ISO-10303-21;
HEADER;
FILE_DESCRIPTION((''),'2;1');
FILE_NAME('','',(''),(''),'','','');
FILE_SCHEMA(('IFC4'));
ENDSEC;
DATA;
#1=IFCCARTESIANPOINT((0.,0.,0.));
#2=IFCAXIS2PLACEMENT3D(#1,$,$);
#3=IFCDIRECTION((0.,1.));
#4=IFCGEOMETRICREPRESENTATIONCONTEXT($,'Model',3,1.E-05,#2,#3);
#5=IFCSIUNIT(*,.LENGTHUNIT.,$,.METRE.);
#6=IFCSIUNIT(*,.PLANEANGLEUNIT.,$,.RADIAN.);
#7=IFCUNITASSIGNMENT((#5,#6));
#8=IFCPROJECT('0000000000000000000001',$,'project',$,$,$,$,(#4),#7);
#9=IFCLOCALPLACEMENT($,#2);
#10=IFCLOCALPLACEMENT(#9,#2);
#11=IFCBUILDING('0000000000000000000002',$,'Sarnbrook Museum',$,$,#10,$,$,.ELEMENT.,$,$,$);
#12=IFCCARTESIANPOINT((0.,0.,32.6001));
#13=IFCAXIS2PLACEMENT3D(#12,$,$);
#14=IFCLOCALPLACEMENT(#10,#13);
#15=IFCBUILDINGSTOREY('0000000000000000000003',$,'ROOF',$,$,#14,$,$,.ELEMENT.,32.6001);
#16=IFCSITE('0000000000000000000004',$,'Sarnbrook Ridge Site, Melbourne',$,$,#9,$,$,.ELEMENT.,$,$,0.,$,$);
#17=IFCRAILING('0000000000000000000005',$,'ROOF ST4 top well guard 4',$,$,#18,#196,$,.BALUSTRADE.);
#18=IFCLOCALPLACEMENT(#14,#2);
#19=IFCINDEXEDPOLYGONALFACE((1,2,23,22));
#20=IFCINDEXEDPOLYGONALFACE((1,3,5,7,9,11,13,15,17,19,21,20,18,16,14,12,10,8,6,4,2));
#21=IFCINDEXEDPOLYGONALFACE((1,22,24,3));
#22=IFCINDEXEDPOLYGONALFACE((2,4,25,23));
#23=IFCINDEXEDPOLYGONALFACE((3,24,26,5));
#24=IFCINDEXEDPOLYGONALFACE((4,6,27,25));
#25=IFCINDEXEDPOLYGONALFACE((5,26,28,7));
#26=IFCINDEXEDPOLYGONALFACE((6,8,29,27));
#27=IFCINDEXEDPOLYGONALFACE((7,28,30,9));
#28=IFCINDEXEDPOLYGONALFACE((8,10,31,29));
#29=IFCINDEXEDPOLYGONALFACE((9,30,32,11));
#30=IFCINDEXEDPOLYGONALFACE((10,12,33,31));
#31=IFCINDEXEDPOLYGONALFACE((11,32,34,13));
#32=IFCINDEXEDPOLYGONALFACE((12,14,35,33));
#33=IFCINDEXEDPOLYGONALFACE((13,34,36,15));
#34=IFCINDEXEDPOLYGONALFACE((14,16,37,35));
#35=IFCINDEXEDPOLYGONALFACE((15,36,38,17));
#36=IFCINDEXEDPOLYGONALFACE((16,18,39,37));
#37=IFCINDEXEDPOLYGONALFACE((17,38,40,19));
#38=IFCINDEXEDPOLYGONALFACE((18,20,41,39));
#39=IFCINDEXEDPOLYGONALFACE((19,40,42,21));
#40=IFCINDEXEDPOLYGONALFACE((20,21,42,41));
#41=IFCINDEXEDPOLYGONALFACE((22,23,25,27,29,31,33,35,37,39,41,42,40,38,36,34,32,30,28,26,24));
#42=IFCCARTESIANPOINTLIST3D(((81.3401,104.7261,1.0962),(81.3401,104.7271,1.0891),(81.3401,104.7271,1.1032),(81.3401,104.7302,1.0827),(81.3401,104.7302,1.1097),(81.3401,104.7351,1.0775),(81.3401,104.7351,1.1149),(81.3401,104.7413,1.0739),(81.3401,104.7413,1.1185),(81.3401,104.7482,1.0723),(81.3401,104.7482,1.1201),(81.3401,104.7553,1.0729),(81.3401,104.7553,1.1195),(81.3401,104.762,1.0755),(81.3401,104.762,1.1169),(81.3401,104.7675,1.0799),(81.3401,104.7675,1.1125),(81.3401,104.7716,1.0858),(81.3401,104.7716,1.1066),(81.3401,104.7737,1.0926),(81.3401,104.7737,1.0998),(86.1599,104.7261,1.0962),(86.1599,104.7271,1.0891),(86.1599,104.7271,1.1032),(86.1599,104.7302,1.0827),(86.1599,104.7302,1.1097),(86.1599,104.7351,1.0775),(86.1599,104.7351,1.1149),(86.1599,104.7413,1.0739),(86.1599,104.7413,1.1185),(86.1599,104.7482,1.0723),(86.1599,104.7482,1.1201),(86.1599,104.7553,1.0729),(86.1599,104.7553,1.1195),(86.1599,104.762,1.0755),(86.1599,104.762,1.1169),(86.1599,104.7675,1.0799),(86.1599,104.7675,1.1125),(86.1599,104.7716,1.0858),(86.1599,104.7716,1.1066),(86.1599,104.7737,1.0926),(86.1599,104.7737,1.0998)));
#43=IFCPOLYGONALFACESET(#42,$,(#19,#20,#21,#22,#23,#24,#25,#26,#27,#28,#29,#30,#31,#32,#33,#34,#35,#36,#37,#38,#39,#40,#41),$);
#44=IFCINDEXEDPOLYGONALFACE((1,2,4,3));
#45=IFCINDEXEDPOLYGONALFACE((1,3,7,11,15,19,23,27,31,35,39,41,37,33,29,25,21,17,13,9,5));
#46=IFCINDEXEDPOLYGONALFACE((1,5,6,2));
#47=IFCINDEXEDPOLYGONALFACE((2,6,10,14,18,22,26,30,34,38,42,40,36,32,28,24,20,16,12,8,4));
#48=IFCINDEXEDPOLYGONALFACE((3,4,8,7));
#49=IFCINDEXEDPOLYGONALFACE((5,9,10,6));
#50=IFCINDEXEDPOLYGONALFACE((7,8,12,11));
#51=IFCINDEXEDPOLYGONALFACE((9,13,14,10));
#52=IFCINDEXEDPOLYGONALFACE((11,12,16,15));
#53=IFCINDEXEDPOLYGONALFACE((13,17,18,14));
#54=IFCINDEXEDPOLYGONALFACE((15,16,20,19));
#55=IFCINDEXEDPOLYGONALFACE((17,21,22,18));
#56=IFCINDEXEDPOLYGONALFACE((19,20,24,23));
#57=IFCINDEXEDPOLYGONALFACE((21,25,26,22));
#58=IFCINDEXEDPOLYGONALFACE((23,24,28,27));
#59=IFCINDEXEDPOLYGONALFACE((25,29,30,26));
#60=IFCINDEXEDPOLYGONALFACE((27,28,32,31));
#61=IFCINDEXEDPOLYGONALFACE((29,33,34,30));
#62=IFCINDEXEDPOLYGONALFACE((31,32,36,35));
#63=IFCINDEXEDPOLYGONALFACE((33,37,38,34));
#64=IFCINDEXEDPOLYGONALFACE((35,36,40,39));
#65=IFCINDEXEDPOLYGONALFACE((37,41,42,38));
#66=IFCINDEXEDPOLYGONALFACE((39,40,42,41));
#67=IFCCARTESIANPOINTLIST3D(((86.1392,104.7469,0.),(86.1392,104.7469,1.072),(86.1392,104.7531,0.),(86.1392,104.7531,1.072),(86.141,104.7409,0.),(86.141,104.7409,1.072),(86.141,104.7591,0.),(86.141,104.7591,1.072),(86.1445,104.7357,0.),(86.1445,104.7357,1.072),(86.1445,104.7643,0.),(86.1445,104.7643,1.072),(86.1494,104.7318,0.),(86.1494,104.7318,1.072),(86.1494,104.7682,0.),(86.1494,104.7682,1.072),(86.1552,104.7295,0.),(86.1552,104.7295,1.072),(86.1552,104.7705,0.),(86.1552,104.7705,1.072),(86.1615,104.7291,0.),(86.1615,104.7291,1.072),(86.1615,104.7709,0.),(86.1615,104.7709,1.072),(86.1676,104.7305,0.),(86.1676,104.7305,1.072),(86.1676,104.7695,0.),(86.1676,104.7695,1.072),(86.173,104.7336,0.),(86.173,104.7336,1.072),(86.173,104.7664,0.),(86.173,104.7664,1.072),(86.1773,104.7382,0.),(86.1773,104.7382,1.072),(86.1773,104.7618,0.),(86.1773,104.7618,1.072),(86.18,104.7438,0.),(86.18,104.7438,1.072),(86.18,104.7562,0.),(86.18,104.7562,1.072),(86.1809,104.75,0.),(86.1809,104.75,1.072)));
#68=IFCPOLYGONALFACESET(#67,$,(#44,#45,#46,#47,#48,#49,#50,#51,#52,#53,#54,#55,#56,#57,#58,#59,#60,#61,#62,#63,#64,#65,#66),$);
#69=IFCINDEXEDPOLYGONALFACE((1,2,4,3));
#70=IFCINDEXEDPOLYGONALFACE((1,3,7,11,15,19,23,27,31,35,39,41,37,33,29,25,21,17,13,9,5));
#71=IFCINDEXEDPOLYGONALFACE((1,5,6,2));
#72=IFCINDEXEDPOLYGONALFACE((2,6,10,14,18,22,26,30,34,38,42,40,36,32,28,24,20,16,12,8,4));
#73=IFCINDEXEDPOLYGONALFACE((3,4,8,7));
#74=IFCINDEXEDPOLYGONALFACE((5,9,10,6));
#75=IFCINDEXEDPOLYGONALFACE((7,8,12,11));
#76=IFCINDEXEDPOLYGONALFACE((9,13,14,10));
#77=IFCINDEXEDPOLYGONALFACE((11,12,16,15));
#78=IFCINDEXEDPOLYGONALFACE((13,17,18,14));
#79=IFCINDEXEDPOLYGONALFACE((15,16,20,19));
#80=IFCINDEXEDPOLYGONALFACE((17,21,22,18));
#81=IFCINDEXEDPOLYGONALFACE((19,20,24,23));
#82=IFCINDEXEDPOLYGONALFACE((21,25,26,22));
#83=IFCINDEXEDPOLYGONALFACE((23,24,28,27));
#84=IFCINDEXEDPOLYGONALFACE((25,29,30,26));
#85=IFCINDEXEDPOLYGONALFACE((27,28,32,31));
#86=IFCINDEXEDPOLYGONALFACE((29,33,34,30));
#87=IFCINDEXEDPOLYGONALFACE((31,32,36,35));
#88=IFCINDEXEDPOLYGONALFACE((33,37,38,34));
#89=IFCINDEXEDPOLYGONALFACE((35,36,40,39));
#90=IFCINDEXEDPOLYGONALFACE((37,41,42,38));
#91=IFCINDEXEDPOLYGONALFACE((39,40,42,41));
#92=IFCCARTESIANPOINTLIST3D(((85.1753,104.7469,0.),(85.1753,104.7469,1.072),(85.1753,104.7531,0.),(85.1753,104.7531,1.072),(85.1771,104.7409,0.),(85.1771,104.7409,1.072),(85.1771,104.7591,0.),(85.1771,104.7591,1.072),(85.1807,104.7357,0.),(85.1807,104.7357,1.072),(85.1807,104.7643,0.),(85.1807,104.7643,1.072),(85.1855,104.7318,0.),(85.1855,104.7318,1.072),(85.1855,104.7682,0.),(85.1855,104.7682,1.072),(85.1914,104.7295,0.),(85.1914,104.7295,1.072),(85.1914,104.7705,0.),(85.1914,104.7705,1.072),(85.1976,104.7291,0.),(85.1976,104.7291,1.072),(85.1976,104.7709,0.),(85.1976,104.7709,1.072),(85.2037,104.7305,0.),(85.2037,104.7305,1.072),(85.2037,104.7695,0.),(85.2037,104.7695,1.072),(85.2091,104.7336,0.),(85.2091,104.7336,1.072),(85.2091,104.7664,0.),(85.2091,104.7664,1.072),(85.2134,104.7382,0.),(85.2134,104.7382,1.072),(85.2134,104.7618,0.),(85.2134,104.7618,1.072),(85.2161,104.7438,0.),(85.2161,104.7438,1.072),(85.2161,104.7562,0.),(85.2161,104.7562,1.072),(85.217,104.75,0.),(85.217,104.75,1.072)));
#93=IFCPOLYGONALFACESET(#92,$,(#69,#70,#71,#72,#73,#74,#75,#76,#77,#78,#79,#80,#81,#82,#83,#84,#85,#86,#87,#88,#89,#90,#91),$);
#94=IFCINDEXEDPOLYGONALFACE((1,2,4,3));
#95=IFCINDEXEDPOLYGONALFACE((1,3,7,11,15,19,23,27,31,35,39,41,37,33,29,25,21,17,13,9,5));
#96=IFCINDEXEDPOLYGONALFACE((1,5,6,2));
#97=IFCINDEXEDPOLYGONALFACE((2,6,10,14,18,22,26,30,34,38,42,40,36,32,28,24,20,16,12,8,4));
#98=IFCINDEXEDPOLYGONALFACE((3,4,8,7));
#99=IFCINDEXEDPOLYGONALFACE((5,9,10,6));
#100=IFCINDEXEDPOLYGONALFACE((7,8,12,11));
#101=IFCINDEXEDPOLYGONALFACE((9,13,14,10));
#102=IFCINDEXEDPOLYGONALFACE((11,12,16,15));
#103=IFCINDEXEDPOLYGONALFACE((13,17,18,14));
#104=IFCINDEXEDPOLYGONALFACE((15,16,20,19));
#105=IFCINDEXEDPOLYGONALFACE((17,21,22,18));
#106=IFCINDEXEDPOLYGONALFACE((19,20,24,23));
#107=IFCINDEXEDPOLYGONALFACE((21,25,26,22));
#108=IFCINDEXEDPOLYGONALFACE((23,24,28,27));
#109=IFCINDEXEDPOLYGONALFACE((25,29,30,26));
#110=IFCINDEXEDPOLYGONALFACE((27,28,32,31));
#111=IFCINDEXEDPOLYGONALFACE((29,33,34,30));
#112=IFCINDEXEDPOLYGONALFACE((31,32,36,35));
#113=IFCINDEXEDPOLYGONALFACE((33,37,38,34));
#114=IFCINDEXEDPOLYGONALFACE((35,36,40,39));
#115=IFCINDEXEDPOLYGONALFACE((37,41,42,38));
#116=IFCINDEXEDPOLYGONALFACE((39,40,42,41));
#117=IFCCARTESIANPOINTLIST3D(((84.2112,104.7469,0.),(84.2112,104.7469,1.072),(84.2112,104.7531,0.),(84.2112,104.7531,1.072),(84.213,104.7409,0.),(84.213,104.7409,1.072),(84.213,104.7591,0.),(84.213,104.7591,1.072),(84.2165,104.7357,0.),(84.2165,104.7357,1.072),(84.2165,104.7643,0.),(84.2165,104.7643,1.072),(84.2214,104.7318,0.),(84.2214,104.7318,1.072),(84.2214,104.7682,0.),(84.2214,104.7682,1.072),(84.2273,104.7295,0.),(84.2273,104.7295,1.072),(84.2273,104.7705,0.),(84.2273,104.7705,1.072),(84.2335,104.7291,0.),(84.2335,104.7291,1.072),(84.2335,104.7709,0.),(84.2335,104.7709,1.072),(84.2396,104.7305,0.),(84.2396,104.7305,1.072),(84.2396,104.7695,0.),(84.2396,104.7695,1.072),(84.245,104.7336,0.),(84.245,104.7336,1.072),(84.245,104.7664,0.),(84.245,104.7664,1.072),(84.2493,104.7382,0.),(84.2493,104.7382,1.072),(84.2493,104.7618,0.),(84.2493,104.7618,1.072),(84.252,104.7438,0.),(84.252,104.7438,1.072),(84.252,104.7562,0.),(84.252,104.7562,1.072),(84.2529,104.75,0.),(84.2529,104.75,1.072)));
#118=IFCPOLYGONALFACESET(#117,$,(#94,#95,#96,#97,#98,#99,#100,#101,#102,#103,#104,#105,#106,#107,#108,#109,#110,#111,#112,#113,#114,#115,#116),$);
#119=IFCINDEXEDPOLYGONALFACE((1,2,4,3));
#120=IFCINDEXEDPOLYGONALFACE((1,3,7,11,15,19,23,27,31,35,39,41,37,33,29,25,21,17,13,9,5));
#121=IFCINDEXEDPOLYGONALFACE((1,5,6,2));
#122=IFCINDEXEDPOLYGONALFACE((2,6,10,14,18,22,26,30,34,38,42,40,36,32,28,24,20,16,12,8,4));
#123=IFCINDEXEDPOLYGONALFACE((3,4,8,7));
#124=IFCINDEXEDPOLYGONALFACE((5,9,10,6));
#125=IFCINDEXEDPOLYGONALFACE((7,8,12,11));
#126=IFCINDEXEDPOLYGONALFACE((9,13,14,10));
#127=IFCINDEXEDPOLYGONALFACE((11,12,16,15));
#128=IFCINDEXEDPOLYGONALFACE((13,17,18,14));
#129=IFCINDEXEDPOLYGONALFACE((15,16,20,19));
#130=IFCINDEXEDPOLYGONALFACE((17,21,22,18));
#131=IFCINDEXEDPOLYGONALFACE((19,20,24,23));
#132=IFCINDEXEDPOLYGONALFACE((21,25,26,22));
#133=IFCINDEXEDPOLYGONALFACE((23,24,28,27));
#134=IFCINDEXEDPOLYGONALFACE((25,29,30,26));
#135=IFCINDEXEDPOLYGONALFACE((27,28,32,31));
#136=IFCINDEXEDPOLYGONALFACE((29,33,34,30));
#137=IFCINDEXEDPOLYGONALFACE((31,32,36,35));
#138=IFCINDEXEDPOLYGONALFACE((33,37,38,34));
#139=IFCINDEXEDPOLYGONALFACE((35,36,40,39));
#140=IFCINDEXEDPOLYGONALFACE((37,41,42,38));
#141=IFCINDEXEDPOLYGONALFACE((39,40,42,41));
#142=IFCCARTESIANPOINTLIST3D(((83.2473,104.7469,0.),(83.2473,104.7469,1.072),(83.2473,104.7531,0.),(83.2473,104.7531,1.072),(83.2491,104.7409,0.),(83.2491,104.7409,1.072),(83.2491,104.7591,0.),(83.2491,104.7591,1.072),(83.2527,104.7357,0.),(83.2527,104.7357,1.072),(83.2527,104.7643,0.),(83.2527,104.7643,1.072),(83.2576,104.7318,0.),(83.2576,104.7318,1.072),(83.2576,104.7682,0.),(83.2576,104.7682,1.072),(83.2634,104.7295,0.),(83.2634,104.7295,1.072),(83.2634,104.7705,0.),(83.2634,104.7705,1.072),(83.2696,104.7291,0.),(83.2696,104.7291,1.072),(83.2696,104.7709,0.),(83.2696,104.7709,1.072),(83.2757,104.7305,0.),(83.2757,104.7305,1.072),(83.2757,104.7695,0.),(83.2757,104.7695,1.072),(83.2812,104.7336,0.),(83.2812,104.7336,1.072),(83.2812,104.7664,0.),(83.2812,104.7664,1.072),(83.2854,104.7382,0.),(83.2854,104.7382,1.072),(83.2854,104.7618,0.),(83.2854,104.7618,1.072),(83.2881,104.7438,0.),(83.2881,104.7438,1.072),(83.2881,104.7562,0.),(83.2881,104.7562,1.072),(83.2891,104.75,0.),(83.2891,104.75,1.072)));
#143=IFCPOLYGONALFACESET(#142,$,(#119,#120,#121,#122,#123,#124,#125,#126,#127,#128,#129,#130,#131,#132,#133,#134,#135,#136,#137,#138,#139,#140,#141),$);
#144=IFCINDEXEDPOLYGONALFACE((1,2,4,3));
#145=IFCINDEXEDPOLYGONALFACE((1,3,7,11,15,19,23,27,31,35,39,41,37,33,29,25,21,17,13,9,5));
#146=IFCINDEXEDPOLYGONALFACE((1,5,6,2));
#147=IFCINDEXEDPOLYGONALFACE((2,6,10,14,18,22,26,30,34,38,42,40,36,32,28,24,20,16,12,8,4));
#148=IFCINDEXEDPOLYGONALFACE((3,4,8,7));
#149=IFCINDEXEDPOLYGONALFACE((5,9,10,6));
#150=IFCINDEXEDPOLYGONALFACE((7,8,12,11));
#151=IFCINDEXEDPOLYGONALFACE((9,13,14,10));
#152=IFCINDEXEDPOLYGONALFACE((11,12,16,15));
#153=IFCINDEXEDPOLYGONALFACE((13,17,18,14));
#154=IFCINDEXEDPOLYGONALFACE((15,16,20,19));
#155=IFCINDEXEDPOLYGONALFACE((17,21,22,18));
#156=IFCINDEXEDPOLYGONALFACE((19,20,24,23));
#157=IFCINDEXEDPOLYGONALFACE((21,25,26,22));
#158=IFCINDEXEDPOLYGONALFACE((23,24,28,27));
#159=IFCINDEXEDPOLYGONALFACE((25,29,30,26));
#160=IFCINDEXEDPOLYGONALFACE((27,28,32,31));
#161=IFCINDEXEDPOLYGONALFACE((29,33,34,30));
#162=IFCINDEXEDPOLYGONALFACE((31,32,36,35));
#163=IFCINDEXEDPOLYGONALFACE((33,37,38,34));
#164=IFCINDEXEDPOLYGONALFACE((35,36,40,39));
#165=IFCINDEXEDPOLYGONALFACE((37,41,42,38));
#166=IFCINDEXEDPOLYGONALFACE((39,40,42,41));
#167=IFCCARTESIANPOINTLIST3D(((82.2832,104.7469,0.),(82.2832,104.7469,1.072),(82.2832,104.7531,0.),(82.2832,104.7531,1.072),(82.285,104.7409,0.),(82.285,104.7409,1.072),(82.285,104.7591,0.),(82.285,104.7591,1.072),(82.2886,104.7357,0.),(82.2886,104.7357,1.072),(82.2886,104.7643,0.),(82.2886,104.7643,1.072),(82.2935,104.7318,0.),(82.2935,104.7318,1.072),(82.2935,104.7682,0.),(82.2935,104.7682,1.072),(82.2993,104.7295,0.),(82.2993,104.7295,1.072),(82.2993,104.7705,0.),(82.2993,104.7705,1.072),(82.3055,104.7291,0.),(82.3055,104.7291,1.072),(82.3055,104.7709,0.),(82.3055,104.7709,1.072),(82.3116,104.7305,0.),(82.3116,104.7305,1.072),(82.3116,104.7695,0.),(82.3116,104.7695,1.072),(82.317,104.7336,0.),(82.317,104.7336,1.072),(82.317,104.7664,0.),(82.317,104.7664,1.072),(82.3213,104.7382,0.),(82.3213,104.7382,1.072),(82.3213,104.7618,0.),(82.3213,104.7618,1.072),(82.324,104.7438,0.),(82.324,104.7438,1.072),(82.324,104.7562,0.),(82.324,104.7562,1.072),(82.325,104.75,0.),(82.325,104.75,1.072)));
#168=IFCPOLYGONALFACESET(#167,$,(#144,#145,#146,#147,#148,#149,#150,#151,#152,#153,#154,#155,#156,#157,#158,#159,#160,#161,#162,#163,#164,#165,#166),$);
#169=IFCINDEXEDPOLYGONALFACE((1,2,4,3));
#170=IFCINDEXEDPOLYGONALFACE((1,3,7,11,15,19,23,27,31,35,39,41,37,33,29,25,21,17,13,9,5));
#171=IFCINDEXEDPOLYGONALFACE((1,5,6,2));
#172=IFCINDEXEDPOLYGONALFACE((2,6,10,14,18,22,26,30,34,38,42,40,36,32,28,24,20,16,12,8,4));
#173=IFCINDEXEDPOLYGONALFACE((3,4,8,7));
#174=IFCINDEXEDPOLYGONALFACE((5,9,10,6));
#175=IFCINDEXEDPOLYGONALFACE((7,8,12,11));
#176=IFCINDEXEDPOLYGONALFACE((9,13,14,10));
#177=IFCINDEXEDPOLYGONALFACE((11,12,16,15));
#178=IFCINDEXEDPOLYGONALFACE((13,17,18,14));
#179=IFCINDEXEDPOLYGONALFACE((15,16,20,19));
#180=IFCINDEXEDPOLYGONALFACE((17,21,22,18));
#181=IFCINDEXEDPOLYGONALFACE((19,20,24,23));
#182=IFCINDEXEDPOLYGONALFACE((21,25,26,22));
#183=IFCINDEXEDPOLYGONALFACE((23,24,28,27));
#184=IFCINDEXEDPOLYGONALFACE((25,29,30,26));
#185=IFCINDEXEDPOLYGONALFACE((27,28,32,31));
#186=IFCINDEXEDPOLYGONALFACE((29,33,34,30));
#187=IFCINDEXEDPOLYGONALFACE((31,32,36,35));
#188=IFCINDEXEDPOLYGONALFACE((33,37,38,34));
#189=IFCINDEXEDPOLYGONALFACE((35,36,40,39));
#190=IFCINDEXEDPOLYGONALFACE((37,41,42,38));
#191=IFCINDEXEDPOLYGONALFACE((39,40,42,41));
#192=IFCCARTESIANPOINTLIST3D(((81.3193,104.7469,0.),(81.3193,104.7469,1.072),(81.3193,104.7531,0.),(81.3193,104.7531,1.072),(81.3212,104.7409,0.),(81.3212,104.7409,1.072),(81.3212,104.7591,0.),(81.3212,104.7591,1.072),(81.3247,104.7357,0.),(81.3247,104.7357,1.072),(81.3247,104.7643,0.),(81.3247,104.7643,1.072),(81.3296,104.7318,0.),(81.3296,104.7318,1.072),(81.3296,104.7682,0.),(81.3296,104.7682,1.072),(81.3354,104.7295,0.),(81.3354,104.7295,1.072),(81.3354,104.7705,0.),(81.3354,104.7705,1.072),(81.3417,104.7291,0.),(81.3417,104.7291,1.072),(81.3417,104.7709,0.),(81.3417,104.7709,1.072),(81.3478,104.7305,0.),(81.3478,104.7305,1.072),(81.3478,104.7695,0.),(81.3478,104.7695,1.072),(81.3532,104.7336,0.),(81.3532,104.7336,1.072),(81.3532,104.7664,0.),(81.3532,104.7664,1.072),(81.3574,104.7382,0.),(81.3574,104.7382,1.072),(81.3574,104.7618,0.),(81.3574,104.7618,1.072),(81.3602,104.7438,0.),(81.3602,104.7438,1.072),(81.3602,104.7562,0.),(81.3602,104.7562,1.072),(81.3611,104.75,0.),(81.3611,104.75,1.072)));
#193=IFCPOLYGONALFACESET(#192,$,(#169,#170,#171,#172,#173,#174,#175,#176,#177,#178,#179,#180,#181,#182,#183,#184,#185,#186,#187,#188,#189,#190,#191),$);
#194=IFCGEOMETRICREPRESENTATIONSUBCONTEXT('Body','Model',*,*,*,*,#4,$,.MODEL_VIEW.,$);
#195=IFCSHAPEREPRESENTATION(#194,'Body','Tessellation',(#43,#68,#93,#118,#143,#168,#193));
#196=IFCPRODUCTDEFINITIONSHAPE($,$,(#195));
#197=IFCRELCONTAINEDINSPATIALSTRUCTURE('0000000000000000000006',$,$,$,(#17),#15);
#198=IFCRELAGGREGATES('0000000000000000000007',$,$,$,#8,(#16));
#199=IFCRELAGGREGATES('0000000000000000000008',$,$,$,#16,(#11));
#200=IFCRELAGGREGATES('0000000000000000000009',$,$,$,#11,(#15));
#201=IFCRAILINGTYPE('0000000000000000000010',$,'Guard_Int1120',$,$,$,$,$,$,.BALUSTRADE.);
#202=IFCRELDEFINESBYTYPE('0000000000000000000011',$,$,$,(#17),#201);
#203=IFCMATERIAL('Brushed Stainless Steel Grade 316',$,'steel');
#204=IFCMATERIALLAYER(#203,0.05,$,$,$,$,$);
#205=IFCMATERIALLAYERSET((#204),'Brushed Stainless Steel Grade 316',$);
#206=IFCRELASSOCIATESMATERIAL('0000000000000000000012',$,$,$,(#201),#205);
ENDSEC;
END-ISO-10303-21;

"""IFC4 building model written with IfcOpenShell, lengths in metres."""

from ifc_helpers import new_model, si_unit, direction, frame, origin, origin_2d, place, context, subcontext, project, spatial, circle, extrude, material, layer, layer_set, type_object, element, save


model = new_model("IFC4")

# Units and contexts
model_context = context("Model", 3, precision=1e-05, world=origin(), true_north=direction((0.0, 1.0)))
body_context = subcontext(model_context, "Body", "Model", "MODEL_VIEW")
ifc_project = project(units=[si_unit("LENGTHUNIT", "METRE"), si_unit("PLANEANGLEUNIT", "RADIAN")], contexts=[model_context])

# Site, building, storey
site_placement = place(None, origin())
site = spatial("IfcSite", under=ifc_project, at=site_placement, Name="Sarnbrook Ridge Site, Melbourne", CompositionType="ELEMENT", RefElevation=0.0)
building_placement = place(site_placement, origin())
building = spatial("IfcBuilding", under=site, at=building_placement, Name="Sarnbrook Museum", CompositionType="ELEMENT")
storey_placement = place(building_placement, frame((0.0, 0.0, 32.6001)))
storey = spatial("IfcBuildingStorey", under=building, at=storey_placement, Name="ROOF", CompositionType="ELEMENT", Elevation=32.6001)

# Shared definitions
ifc_material_1 = material(Name="Brushed Stainless Steel Grade 316", Category="steel")

# Railing
ifc_layer_1 = layer(ifc_material_1, 0.05)
ifc_layer_set_1 = layer_set([ifc_layer_1], Name="Brushed Stainless Steel Grade 316")
railing_type = type_object("IfcRailingType", Name="Guard_Int1120", PredefinedType="BALUSTRADE", material=ifc_layer_set_1)
railing_1_placement = place(storey_placement, frame((86.1599, 104.75, 0.0)))
element("IfcRailing", 1, at=railing_1_placement, inside=storey, type_object=railing_type, Name="ROOF ST4 top well guard 4", PredefinedType="BALUSTRADE", context=body_context, shape_type="SweptSolid", body=[
    extrude(circle(Radius=0.0239, at=origin_2d()), frame((0.0, 0.0, 1.0962), z_axis=(-1.0, 0.0, 0.0), x_axis=(0.0, -1.0, 0.0)), (0.0, 0.0, 1.0), 4.8198),
    extrude(circle(Radius=0.021, at=origin_2d()), origin(), (0.0, 0.0, 1.0), 1.072),
    extrude(circle(Radius=0.021, at=origin_2d()), frame((-0.9639, 0.0, 0.0)), (0.0, 0.0, 1.0), 1.072),
    extrude(circle(Radius=0.021, at=origin_2d()), frame((-1.928, 0.0, 0.0)), (0.0, 0.0, 1.0), 1.072),
    extrude(circle(Radius=0.021, at=origin_2d()), frame((-2.8918, 0.0, 0.0)), (0.0, 0.0, 1.0), 1.072),
    extrude(circle(Radius=0.021, at=origin_2d()), frame((-3.856, 0.0, 0.0)), (0.0, 0.0, 1.0), 1.072),
    extrude(circle(Radius=0.021, at=origin_2d()), frame((-4.8198, 0.0, 0.0)), (0.0, 0.0, 1.0), 1.072),
])

save(model, "model.ifc")
